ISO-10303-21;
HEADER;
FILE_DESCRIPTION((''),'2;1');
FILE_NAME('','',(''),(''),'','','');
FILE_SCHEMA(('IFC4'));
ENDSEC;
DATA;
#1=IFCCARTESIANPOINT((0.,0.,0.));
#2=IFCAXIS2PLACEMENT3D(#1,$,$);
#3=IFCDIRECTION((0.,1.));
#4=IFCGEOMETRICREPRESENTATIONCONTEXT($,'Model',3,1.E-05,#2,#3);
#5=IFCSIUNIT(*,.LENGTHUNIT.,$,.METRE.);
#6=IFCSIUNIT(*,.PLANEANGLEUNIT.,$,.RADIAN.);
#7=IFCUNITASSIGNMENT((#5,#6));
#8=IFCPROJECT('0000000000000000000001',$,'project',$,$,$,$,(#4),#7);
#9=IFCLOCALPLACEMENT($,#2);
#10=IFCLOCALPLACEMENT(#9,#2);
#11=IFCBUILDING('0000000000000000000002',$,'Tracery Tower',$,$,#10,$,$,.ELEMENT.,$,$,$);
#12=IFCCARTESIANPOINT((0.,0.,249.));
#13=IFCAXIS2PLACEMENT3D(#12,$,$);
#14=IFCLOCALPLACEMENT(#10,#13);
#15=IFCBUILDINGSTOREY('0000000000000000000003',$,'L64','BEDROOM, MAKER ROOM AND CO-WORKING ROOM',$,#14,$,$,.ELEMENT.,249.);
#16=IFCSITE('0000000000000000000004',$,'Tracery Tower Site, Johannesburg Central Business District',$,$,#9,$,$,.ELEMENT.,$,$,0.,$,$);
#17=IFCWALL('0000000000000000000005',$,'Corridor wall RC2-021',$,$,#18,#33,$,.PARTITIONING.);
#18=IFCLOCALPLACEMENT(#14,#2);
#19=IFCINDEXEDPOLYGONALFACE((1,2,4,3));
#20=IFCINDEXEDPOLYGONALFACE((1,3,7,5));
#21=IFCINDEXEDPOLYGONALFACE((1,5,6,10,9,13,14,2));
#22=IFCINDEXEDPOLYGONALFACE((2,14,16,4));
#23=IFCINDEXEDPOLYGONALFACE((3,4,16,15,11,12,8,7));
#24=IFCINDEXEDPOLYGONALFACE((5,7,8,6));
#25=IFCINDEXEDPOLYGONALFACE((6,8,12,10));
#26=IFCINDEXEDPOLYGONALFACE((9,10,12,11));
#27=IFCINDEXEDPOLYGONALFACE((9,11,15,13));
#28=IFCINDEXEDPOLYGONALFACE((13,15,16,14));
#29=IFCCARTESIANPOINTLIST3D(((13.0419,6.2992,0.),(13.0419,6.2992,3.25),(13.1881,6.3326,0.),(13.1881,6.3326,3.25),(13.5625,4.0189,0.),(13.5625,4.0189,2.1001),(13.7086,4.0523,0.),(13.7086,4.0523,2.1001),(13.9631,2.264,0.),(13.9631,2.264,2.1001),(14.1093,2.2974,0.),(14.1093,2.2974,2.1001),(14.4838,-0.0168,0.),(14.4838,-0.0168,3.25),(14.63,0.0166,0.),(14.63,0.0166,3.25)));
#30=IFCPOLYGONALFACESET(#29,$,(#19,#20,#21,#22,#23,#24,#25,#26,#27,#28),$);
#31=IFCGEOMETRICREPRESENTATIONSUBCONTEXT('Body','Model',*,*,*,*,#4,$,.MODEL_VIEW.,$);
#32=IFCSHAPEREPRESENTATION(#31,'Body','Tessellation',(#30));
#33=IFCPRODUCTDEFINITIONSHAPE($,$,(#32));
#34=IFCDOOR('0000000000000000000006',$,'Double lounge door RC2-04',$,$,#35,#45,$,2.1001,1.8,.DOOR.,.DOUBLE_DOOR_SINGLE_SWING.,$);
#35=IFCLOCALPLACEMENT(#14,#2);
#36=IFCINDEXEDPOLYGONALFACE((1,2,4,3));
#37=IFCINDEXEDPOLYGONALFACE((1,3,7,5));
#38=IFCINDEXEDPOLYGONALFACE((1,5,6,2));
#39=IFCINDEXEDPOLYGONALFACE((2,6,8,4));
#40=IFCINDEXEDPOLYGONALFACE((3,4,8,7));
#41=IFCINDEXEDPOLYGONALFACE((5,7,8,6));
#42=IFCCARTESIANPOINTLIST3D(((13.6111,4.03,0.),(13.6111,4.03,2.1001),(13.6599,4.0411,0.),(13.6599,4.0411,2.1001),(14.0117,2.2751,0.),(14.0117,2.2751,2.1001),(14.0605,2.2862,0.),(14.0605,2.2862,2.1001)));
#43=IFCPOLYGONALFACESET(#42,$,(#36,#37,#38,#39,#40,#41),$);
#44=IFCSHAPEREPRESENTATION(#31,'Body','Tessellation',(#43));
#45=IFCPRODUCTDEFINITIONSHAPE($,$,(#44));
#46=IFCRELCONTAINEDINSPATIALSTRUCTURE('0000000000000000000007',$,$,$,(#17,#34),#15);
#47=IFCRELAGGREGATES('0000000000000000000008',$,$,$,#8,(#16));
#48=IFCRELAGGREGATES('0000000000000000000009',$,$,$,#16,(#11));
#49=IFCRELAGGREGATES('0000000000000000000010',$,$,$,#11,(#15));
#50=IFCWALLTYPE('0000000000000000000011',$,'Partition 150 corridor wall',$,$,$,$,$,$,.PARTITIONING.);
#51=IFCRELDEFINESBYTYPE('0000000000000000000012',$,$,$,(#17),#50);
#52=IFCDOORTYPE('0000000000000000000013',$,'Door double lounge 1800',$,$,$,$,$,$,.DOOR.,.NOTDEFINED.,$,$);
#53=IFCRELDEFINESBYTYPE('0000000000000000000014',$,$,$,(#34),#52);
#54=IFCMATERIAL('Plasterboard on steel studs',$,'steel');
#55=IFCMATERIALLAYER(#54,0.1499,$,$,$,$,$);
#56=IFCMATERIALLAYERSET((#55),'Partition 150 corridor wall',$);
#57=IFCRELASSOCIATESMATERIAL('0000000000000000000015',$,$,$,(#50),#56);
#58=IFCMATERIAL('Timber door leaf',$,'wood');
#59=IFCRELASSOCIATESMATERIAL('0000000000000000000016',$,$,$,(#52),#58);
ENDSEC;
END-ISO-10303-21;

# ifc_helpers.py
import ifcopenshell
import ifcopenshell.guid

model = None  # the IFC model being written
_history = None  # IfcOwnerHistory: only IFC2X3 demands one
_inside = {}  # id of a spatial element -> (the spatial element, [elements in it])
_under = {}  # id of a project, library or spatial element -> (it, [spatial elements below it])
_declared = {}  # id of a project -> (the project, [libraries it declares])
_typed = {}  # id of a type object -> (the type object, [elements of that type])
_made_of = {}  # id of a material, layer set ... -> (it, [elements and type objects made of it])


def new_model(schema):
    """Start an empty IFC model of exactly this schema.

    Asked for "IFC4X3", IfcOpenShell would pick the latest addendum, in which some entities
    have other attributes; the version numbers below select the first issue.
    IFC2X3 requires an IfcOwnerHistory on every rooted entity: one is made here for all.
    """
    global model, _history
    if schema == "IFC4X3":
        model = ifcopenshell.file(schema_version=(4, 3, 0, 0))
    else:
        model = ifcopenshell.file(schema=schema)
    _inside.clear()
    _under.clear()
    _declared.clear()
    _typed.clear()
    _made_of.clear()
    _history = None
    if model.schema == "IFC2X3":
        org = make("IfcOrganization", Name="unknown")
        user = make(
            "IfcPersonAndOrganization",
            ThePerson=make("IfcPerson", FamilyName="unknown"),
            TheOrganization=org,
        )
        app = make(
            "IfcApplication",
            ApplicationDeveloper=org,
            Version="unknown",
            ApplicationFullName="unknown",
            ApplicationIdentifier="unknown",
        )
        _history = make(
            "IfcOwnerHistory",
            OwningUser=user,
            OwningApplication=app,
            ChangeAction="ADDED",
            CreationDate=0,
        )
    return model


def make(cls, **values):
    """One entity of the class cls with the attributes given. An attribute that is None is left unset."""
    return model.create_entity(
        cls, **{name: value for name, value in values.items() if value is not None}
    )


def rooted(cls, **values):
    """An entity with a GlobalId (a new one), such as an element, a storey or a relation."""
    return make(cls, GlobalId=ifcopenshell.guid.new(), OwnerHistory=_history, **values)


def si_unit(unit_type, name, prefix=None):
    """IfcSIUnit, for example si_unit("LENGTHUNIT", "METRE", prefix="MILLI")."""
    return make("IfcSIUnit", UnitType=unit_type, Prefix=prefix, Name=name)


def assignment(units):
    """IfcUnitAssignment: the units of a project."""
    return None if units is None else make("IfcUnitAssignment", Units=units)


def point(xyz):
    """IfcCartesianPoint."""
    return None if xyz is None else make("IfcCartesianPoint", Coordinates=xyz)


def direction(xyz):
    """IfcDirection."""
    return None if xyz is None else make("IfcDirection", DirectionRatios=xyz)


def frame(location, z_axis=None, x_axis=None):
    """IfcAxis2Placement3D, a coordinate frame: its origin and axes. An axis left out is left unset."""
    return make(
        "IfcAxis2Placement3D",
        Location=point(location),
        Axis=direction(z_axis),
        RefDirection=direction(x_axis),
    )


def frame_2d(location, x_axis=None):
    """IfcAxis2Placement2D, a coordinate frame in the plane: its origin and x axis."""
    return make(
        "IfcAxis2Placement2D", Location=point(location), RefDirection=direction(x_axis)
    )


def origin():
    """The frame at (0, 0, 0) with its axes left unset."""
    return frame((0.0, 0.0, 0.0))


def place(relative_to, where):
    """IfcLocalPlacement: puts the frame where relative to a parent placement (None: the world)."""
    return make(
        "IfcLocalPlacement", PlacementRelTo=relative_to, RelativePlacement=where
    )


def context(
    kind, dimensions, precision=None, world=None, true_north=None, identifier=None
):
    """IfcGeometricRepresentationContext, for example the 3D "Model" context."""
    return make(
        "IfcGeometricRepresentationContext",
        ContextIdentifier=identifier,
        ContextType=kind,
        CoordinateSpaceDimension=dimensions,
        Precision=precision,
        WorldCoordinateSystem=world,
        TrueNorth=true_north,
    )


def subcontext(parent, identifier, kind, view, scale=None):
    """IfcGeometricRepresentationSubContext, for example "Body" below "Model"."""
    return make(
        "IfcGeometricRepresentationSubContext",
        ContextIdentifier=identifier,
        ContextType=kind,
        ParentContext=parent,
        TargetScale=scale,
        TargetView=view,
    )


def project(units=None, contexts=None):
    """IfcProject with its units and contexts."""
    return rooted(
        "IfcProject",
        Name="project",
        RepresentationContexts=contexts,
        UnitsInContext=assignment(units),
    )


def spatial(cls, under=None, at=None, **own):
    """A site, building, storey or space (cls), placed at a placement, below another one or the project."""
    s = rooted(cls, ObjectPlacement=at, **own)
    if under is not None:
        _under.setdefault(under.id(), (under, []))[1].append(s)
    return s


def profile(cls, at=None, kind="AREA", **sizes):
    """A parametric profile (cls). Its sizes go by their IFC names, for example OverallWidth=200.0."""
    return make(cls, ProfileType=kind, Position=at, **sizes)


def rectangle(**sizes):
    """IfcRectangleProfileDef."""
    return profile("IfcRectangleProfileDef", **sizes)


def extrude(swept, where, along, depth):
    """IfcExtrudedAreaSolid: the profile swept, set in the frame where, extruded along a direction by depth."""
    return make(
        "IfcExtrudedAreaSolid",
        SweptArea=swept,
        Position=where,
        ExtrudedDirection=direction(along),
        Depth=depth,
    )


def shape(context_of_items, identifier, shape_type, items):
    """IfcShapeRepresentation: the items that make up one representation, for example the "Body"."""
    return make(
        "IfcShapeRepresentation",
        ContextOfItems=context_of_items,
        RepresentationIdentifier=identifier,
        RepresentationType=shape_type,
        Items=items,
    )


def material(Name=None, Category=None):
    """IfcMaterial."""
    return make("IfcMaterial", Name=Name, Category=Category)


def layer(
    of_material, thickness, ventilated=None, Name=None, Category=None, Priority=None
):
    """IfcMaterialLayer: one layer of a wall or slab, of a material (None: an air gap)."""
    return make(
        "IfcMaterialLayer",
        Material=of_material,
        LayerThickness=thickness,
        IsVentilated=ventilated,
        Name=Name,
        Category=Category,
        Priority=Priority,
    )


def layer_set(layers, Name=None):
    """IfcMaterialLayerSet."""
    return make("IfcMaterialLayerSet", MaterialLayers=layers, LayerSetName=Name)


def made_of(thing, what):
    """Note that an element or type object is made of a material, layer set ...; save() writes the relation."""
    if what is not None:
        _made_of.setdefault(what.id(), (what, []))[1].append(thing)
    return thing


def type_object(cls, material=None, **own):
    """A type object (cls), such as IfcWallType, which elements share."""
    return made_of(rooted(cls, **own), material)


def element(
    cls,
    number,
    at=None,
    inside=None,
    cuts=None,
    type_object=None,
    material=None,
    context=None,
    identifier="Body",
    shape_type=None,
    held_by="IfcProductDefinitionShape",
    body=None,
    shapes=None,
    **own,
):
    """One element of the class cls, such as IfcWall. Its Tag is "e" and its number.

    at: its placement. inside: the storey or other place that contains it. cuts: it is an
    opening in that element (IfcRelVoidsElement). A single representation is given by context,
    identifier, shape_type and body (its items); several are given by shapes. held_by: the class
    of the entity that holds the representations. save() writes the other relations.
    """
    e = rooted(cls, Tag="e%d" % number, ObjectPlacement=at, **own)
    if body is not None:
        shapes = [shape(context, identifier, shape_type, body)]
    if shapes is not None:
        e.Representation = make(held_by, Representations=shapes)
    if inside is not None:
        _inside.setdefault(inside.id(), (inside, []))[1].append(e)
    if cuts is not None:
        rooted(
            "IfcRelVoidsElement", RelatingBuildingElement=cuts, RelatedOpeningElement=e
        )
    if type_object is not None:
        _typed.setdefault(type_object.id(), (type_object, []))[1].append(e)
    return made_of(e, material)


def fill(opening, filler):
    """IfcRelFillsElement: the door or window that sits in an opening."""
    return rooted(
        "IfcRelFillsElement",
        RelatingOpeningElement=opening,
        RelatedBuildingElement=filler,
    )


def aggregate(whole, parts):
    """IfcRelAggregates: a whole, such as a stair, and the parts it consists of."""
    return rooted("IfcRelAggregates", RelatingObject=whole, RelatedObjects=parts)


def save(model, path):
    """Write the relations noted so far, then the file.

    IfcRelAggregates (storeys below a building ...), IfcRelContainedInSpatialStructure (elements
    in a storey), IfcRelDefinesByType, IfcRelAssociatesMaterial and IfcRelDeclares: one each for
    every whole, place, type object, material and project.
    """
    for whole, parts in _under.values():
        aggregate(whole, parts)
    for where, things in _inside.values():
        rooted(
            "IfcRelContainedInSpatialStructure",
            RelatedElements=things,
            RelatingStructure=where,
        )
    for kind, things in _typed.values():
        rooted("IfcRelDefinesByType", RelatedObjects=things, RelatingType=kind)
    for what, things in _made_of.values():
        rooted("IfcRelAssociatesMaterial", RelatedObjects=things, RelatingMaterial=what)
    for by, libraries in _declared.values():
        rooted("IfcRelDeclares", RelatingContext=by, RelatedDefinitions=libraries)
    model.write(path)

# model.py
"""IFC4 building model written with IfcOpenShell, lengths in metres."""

from ifc_helpers import new_model, si_unit, direction, frame, frame_2d, origin, place, context, subcontext, project, spatial, rectangle, extrude, material, layer, layer_set, type_object, element, fill, save


model = new_model("IFC4")

# Units and contexts
model_context = context("Model", 3, precision=1e-05, world=origin(), true_north=direction((0.0, 1.0)))
body_context = subcontext(model_context, "Body", "Model", "MODEL_VIEW")
ifc_project = project(units=[si_unit("LENGTHUNIT", "METRE"), si_unit("PLANEANGLEUNIT", "RADIAN")], contexts=[model_context])

# Site, building, storey
site_placement = place(None, origin())
site = spatial("IfcSite", under=ifc_project, at=site_placement, Name="Tracery Tower Site, Johannesburg Central Business District", CompositionType="ELEMENT", RefElevation=0.0)
building_placement = place(site_placement, origin())
building = spatial("IfcBuilding", under=site, at=building_placement, Name="Tracery Tower", CompositionType="ELEMENT")
storey_placement = place(building_placement, frame((0.0, 0.0, 249.0)))
storey = spatial("IfcBuildingStorey", under=building, at=storey_placement, Name="L64", Description="BEDROOM, MAKER ROOM AND CO-WORKING ROOM", CompositionType="ELEMENT", Elevation=249.0)

# Shared definitions
ifc_material_1 = material(Name="Plasterboard on steel studs", Category="steel")
ifc_layer_1 = layer(ifc_material_1, 0.1499)
ifc_layer_set_1 = layer_set([ifc_layer_1], Name="Partition 150 corridor wall")
wall_type_1 = type_object("IfcWallType", Name="Partition 150 corridor wall", PredefinedType="PARTITIONING", material=ifc_layer_set_1)

# Wall, opening, door
wall_1_placement = place(storey_placement, frame((13.115, 6.3159, 0.0), z_axis=(0.0, 0.0, 1.0), x_axis=(0.222569, -0.974917, 0.0)))
wall_1 = element("IfcWall", 1, at=wall_1_placement, inside=storey, type_object=wall_type_1, Name="Corridor wall RC2-021", PredefinedType="PARTITIONING", context=body_context, shape_type="SweptSolid", body=[
    extrude(rectangle(XDim=6.4785, YDim=0.1499, at=frame_2d((3.2393, 0.0))), origin(), (0.0, 0.0, 1.0), 3.25),
])
opening_1_placement = place(wall_1_placement, frame((2.3391, 0.0, 0.0)))
opening_1 = element("IfcOpeningElement", 2, at=opening_1_placement, cuts=wall_1, PredefinedType="OPENING", context=body_context, shape_type="SweptSolid", body=[
    extrude(rectangle(XDim=1.8, YDim=2.1001, at=frame_2d((0.8999, 1.05))), frame((0.0, 0.075, 0.0), z_axis=(0.0, -1.0, 0.0), x_axis=(1.0, 0.0, 0.0)), (0.0, 0.0, 1.0), 0.1499),
])
ifc_material_2 = material(Name="Timber door leaf", Category="wood")
door_type = type_object("IfcDoorType", Name="Door double lounge 1800", OperationType="NOTDEFINED", PredefinedType="DOOR", material=ifc_material_2)
door_placement = place(opening_1_placement, origin())
door = element("IfcDoor", 3, at=door_placement, inside=storey, type_object=door_type, Name="Double lounge door RC2-04", OperationType="DOUBLE_DOOR_SINGLE_SWING", OverallHeight=2.1001, OverallWidth=1.8, PredefinedType="DOOR", context=body_context, shape_type="SweptSolid", body=[
    extrude(rectangle(XDim=1.8, YDim=2.1001, at=frame_2d((0.8999, 1.05))), frame((0.0, 0.0249, 0.0), z_axis=(0.0, -1.0, 0.0), x_axis=(1.0, 0.0, 0.0)), (0.0, 0.0, 1.0), 0.05),
])
fill(opening_1, door)

save(model, "model.ifc")
